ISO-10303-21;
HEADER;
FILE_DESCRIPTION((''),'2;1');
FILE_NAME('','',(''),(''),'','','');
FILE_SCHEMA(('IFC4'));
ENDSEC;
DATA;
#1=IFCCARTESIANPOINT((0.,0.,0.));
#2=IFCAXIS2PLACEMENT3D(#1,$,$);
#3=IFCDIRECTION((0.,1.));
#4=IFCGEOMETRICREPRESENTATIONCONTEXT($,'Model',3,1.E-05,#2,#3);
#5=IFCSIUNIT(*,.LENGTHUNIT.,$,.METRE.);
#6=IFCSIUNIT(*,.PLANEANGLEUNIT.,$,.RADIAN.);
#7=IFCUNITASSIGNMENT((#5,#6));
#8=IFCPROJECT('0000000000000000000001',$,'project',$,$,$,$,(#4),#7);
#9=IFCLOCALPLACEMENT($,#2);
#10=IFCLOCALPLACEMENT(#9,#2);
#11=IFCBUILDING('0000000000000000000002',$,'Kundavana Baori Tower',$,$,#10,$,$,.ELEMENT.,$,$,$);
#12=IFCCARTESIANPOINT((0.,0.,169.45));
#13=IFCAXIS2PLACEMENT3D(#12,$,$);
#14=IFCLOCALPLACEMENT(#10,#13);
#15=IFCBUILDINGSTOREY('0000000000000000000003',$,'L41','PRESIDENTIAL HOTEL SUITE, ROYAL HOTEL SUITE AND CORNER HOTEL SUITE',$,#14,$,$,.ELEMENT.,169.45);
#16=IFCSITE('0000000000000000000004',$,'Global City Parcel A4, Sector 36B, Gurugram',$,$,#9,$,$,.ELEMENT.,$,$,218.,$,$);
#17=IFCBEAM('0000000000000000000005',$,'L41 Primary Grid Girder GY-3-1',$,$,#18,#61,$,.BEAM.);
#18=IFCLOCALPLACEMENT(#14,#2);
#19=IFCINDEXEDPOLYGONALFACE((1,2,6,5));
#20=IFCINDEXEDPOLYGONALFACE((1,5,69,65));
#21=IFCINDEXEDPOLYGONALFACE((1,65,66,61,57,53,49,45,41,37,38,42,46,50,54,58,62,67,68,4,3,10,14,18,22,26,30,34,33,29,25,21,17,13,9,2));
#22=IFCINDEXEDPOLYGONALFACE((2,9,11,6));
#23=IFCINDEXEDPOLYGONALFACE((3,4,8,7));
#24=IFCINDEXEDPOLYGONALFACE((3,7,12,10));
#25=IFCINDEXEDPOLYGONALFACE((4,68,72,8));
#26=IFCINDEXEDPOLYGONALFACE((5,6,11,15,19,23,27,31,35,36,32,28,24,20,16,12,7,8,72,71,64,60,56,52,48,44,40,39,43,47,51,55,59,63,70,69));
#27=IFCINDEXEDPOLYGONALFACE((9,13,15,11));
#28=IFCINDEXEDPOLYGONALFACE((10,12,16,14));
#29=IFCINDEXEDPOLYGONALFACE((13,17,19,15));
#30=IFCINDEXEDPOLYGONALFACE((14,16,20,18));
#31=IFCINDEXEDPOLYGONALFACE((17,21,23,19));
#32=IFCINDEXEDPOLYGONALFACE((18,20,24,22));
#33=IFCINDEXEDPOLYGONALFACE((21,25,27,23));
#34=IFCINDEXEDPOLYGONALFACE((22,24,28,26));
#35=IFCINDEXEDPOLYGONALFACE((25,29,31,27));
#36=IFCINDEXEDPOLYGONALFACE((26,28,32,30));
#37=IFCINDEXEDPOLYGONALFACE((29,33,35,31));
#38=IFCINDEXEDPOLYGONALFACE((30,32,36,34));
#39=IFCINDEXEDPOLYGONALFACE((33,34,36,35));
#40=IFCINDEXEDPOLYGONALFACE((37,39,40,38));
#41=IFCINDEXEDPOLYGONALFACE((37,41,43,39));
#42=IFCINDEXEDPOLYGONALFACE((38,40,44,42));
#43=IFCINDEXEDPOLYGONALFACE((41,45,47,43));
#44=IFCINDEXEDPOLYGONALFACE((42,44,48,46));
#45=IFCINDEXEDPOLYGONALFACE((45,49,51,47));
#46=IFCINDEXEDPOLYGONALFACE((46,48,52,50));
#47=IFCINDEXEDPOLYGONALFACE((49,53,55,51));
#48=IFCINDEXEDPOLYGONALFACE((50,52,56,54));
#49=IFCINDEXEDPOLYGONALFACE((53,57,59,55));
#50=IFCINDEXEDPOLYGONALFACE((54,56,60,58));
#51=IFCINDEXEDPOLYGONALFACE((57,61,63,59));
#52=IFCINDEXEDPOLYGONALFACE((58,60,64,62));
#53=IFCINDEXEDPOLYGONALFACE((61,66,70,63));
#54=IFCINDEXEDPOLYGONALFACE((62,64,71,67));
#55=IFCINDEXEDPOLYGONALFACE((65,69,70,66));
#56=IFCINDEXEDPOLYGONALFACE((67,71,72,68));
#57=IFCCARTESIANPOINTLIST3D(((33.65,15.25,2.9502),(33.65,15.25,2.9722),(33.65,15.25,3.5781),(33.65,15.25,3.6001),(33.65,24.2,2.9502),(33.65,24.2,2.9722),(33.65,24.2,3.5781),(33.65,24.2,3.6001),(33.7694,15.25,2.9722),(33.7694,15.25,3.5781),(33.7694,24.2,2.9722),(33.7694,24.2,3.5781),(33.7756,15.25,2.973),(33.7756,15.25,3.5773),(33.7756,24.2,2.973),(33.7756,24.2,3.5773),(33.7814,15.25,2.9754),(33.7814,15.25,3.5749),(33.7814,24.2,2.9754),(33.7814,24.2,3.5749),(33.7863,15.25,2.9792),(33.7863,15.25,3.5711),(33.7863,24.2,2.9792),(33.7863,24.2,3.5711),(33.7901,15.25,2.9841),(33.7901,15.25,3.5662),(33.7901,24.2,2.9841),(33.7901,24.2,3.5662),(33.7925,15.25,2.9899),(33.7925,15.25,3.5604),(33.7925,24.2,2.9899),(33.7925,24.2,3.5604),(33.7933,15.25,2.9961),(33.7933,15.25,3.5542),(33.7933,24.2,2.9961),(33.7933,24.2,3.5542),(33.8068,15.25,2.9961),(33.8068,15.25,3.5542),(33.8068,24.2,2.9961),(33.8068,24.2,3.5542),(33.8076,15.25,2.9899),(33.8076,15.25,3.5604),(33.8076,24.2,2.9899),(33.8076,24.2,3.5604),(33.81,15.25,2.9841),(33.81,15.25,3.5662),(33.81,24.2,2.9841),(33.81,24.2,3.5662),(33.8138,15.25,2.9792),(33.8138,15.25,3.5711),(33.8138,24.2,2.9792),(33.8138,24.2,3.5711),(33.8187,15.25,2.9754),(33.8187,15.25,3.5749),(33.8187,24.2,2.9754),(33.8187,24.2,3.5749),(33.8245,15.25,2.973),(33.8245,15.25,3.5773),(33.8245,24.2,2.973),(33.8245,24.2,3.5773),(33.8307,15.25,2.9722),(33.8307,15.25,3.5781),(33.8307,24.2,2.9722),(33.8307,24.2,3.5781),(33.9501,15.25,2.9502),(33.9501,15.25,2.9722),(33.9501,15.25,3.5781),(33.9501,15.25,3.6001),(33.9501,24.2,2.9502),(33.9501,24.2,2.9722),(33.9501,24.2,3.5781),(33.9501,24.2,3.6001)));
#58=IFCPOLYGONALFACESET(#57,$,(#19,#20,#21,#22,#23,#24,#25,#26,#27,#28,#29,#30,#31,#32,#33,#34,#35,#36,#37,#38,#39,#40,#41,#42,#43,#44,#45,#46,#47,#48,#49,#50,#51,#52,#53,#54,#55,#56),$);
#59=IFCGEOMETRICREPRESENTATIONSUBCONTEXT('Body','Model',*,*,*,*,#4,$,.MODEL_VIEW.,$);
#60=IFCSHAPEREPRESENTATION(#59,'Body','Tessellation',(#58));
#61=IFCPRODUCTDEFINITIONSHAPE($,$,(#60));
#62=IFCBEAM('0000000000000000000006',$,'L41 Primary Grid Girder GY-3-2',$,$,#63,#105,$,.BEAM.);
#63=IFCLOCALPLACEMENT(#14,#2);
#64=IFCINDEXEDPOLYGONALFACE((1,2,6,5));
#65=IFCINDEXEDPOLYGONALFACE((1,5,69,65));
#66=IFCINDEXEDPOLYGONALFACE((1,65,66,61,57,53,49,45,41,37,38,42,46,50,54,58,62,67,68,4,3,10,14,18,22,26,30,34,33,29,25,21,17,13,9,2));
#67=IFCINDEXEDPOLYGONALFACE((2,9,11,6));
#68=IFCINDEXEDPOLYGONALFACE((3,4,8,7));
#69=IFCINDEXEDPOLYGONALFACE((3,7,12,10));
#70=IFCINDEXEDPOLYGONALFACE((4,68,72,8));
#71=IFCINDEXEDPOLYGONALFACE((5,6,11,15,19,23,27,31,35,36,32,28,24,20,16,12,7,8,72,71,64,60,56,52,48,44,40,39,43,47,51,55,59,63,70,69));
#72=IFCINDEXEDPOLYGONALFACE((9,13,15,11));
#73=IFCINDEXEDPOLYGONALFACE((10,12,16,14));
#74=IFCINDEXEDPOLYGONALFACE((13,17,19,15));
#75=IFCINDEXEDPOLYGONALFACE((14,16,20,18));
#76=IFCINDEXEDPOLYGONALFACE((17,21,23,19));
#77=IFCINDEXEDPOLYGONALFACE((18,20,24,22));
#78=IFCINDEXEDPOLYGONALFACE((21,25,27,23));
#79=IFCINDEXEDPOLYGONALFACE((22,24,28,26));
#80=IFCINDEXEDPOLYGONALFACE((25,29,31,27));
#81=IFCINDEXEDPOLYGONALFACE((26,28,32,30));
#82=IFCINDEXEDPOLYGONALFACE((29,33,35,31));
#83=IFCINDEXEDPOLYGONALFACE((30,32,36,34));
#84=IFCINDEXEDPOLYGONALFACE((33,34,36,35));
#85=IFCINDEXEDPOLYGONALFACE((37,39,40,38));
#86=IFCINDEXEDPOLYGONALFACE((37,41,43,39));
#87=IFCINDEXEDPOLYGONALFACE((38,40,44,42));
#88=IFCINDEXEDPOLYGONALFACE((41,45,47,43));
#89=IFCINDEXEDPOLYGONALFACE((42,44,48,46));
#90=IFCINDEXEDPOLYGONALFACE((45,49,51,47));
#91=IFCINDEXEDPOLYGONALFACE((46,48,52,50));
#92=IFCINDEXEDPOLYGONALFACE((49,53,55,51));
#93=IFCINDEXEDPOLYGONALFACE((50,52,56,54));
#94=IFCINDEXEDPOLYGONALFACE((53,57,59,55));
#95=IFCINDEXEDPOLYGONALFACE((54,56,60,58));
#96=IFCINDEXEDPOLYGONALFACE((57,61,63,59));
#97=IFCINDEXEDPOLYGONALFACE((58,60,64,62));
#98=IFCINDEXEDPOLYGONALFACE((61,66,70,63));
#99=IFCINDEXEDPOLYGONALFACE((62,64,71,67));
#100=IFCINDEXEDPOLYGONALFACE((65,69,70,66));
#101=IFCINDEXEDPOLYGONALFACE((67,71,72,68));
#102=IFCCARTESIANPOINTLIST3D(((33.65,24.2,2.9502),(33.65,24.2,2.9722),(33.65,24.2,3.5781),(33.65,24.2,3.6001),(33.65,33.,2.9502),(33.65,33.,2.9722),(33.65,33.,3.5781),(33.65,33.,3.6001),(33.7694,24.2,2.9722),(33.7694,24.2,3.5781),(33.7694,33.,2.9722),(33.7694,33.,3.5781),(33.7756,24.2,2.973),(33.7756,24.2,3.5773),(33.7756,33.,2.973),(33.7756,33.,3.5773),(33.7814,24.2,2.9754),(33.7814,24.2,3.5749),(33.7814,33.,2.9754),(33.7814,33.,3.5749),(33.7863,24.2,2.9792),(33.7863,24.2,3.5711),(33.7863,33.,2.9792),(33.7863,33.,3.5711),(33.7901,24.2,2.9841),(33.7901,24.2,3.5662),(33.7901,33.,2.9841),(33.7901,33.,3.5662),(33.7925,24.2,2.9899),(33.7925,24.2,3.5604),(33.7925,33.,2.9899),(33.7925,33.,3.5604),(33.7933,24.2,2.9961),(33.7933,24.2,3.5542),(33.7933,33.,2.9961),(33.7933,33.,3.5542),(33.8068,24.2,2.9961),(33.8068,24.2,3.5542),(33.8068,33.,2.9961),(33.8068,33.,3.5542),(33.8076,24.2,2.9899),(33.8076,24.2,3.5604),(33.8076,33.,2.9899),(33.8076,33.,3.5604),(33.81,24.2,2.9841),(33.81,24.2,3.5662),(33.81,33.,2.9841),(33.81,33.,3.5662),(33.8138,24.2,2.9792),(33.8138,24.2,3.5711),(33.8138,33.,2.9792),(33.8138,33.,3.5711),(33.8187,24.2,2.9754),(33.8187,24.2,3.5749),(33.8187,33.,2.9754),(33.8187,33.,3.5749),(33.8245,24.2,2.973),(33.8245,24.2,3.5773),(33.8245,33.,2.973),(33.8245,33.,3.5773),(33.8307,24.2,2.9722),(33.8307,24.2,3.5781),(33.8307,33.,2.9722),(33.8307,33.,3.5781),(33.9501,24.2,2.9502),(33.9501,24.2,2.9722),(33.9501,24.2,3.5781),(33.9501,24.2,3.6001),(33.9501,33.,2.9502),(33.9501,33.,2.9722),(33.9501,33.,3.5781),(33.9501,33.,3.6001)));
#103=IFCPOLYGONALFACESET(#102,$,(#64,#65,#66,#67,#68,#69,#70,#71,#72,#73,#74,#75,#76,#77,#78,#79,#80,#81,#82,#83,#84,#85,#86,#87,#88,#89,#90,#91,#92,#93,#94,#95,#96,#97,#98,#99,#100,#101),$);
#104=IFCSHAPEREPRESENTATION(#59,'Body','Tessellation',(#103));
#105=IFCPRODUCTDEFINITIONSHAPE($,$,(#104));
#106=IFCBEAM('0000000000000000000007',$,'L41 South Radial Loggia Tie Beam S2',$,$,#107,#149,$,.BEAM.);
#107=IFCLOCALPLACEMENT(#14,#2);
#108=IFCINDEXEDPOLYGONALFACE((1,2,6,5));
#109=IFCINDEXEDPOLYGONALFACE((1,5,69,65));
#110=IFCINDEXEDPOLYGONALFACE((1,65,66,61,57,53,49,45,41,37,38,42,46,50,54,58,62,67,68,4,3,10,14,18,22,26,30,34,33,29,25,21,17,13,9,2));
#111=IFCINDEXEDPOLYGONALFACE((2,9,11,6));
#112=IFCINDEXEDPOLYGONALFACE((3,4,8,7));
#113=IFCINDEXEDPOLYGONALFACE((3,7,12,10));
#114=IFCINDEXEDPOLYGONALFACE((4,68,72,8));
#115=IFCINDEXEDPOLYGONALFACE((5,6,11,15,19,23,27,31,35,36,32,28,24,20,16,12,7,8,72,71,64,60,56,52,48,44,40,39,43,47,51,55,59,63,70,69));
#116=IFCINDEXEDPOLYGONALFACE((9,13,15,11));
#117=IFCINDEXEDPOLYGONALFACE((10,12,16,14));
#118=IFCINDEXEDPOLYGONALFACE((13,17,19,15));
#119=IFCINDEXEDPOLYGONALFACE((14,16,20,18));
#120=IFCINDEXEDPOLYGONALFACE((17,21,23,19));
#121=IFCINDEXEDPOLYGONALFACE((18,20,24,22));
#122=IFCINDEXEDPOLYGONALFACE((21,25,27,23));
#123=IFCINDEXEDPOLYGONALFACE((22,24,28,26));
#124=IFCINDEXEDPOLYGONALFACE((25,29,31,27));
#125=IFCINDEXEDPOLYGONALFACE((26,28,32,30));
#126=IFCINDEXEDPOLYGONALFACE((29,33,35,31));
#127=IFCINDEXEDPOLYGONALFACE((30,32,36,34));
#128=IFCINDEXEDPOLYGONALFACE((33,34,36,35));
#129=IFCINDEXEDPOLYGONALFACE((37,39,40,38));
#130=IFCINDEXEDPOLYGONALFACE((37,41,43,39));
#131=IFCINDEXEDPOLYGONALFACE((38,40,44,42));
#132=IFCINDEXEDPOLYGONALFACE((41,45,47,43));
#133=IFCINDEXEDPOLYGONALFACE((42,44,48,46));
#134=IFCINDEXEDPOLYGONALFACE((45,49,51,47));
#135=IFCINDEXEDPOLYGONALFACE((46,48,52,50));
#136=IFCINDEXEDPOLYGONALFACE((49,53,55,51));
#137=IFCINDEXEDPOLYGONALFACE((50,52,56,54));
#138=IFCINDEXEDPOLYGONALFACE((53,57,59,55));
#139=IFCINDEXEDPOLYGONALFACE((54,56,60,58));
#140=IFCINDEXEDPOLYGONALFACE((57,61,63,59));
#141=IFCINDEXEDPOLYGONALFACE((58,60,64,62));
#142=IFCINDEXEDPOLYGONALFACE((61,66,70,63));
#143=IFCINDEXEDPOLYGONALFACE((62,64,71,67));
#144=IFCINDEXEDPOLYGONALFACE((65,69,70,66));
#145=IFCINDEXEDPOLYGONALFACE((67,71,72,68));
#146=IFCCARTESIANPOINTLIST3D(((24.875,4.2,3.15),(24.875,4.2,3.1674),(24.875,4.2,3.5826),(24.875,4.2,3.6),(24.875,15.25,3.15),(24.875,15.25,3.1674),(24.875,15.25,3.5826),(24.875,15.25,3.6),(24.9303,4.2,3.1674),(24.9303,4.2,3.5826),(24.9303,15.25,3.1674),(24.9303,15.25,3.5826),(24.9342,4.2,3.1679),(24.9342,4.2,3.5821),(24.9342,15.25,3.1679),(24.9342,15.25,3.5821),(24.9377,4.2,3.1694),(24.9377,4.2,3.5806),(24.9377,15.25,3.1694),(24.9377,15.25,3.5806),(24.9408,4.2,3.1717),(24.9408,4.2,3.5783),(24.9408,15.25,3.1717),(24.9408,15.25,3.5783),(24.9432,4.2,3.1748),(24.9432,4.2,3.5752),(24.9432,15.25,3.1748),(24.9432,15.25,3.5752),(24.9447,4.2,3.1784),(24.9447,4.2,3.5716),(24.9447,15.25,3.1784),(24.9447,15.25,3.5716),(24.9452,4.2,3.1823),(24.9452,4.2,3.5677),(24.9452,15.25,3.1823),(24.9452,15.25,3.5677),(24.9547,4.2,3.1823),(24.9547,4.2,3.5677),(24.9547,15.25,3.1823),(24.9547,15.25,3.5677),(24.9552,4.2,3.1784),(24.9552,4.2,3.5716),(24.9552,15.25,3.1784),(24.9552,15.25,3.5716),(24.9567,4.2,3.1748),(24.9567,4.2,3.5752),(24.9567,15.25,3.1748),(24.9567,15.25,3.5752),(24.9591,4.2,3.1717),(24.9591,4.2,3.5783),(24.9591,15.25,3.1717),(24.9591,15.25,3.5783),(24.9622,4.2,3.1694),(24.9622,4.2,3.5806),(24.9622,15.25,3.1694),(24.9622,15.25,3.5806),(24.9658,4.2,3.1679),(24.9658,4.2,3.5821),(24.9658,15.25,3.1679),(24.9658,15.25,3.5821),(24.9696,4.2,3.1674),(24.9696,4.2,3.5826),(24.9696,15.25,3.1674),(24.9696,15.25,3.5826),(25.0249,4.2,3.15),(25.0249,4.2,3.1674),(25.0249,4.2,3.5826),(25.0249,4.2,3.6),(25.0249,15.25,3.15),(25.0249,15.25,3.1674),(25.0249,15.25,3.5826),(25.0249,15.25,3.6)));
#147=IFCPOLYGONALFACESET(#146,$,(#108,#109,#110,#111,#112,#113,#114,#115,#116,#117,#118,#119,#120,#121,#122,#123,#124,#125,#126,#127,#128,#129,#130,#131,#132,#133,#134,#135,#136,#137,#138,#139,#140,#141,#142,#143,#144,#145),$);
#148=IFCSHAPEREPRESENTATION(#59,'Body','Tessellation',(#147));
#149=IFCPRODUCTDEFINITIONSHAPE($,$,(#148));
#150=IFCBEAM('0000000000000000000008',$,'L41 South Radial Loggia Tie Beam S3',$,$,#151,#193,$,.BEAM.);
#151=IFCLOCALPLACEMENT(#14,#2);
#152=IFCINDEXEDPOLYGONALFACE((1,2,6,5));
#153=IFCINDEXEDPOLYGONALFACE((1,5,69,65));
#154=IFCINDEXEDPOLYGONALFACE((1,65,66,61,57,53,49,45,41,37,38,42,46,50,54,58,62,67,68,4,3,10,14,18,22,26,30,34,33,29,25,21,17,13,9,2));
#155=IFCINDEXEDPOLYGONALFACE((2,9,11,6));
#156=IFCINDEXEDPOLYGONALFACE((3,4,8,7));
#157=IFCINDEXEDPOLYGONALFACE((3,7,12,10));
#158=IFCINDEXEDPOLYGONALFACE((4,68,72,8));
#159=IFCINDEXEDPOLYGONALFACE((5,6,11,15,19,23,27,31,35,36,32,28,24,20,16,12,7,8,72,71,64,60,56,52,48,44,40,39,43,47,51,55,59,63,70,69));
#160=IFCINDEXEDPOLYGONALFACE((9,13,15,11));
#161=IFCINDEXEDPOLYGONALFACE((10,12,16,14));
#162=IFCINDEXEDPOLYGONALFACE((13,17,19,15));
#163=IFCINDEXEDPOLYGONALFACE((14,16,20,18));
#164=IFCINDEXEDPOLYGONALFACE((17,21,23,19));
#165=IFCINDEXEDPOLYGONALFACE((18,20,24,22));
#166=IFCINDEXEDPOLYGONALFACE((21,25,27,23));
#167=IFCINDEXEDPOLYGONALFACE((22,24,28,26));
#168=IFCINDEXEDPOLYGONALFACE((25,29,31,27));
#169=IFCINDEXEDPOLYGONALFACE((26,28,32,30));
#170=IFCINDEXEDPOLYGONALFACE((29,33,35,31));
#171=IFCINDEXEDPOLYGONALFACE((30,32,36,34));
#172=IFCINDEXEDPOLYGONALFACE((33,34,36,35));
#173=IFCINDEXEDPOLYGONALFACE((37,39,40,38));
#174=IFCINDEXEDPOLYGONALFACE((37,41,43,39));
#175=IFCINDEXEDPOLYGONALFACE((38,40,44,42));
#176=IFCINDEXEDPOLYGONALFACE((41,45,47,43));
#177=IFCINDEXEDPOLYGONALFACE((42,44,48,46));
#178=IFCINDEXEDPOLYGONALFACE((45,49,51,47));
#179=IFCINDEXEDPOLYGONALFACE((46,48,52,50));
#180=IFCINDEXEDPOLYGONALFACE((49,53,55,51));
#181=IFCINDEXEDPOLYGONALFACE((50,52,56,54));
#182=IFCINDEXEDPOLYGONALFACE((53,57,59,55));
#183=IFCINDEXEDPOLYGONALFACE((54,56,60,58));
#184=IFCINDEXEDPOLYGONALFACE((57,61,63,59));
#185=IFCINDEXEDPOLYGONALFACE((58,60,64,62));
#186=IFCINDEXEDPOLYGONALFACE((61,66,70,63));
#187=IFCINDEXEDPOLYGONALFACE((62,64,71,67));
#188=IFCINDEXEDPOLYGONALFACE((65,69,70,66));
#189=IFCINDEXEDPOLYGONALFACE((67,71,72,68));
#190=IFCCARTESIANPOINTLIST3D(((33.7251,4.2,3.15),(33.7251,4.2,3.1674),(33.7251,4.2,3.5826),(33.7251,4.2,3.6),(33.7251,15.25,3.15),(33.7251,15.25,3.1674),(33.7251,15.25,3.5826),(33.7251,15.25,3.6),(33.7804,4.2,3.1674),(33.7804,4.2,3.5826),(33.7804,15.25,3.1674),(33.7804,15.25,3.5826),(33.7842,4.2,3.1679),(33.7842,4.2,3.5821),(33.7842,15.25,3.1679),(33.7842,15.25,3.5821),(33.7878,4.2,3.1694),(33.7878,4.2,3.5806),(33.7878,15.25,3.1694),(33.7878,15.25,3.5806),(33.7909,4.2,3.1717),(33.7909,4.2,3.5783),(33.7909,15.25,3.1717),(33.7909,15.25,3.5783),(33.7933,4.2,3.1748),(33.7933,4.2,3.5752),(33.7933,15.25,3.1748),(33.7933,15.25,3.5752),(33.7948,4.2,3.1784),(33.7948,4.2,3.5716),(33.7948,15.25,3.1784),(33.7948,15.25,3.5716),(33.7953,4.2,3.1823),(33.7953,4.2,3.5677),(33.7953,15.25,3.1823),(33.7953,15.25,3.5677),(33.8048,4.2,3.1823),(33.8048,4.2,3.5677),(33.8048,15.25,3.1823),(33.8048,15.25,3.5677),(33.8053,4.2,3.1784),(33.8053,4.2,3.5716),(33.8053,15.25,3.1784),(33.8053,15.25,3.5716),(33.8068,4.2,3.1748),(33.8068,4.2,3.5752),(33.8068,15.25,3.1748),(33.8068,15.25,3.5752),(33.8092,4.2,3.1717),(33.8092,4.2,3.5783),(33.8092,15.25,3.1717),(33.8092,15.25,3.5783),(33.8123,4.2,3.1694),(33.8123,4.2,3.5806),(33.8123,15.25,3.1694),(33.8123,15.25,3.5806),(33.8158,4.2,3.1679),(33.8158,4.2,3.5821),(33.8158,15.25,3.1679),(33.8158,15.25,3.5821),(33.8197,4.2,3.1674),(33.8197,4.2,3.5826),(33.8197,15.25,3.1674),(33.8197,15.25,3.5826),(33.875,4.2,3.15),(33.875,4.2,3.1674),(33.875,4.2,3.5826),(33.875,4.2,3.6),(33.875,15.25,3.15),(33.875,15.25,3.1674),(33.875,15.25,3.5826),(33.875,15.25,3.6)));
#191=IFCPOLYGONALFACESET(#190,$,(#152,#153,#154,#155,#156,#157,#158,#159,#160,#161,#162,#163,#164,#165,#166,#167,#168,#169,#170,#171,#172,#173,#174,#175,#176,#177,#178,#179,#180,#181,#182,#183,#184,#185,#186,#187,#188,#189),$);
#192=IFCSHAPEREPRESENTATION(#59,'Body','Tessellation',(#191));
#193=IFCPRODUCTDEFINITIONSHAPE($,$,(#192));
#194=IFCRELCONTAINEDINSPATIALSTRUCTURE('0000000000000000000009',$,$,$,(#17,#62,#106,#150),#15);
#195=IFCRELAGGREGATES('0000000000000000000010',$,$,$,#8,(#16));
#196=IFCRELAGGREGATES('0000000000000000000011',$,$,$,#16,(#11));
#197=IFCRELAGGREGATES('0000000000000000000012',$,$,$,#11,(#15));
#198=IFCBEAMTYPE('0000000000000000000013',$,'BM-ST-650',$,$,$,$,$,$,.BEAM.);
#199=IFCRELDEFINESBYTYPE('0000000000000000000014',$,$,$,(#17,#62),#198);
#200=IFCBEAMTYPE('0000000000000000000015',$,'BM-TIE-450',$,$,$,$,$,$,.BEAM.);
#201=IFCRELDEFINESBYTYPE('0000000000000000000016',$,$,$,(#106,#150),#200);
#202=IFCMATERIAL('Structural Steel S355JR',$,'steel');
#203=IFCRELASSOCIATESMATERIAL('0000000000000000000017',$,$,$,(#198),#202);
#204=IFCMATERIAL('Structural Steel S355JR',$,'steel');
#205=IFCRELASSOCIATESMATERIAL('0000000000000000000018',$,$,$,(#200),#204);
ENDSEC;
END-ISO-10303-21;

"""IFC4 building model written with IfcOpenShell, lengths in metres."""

from ifc_helpers import new_model, si_unit, direction, frame, origin, origin_2d, place, context, subcontext, project, spatial, i_section, extrude, material, material_profile, profile_set, type_object, element, save


model = new_model("IFC4")

# Units and contexts
model_context = context("Model", 3, precision=1e-05, world=origin(), true_north=direction((0.0, 1.0)))
body_context = subcontext(model_context, "Body", "Model", "MODEL_VIEW")
ifc_project = project(units=[si_unit("LENGTHUNIT", "METRE"), si_unit("PLANEANGLEUNIT", "RADIAN")], contexts=[model_context])

# Site, building, storey
site_placement = place(None, origin())
site = spatial("IfcSite", under=ifc_project, at=site_placement, Name="Global City Parcel A4, Sector 36B, Gurugram", CompositionType="ELEMENT", RefElevation=218.0)
building_placement = place(site_placement, origin())
building = spatial("IfcBuilding", under=site, at=building_placement, Name="Kundavana Baori Tower", CompositionType="ELEMENT")
storey_placement = place(building_placement, frame((0.0, 0.0, 169.45)))
storey = spatial("IfcBuildingStorey", under=building, at=storey_placement, Name="L41", Description="PRESIDENTIAL HOTEL SUITE, ROYAL HOTEL SUITE AND CORNER HOTEL SUITE", CompositionType="ELEMENT", Elevation=169.45)

# Beams
ifc_material_1 = material(Name="Structural Steel S355JR", Category="steel")
ifc_material_profile_1 = material_profile(ifc_material_1, i_section(OverallWidth=0.3, OverallDepth=0.6499, WebThickness=0.0134, FlangeThickness=0.022, FilletRadius=0.0239, at=origin_2d()), Name="NPB 650x300x155")
ifc_profile_set_1 = profile_set([ifc_material_profile_1], Name="Structural Steel S355JR")
beam_type_1 = type_object("IfcBeamType", Name="BM-ST-650", PredefinedType="BEAM", material=ifc_profile_set_1)
beam_1_placement = place(storey_placement, frame((33.8, 15.25, 3.2751), z_axis=(0.0, 1.0, 0.0), x_axis=(-1.0, 0.0, 0.0)))
element("IfcBeam", 1, at=beam_1_placement, inside=storey, type_object=beam_type_1, Name="L41 Primary Grid Girder GY-3-1", PredefinedType="BEAM", context=body_context, shape_type="SweptSolid", body=[
    extrude(i_section(OverallWidth=0.3, OverallDepth=0.6499, WebThickness=0.0134, FlangeThickness=0.022, FilletRadius=0.0239, at=origin_2d()), origin(), (0.0, 0.0, 1.0), 8.95),
])
beam_2_placement = place(storey_placement, frame((33.8, 24.2, 3.2751), z_axis=(0.0, 1.0, 0.0), x_axis=(-1.0, 0.0, 0.0)))
element("IfcBeam", 2, at=beam_2_placement, inside=storey, type_object=beam_type_1, Name="L41 Primary Grid Girder GY-3-2", PredefinedType="BEAM", context=body_context, shape_type="SweptSolid", body=[
    extrude(i_section(OverallWidth=0.3, OverallDepth=0.6499, WebThickness=0.0134, FlangeThickness=0.022, FilletRadius=0.0239, at=origin_2d()), origin(), (0.0, 0.0, 1.0), 8.8),
])
ifc_material_2 = material(Name="Structural Steel S355JR", Category="steel")
ifc_material_profile_2 = material_profile(ifc_material_2, i_section(OverallWidth=0.1499, OverallDepth=0.45, WebThickness=0.0095, FlangeThickness=0.0173, FilletRadius=0.0149, at=origin_2d()), Name="ISMB 450")
ifc_profile_set_2 = profile_set([ifc_material_profile_2], Name="Structural Steel S355JR")
beam_type_2 = type_object("IfcBeamType", Name="BM-TIE-450", PredefinedType="BEAM", material=ifc_profile_set_2)
for number, where, z_axis, x_axis, name in (
    (3, (24.95, 15.25, 3.375), (0.0, -1.0, 0.0), (1.0, 0.0, 0.0), "L41 South Radial Loggia Tie Beam S2"),
    (4, (33.8, 15.25, 3.375), (0.0, -1.0, 0.0), (1.0, 0.0, 0.0), "L41 South Radial Loggia Tie Beam S3"),
):
    element("IfcBeam", number, at=place(storey_placement, frame(where, z_axis=z_axis, x_axis=x_axis)), inside=storey, type_object=beam_type_2, Name=name, PredefinedType="BEAM", context=body_context, shape_type="SweptSolid", body=[
        extrude(i_section(OverallWidth=0.1499, OverallDepth=0.45, WebThickness=0.0095, FlangeThickness=0.0173, FilletRadius=0.0149, at=origin_2d()), origin(), (0.0, 0.0, 1.0), 11.05),
    ])

save(model, "model.ifc")
